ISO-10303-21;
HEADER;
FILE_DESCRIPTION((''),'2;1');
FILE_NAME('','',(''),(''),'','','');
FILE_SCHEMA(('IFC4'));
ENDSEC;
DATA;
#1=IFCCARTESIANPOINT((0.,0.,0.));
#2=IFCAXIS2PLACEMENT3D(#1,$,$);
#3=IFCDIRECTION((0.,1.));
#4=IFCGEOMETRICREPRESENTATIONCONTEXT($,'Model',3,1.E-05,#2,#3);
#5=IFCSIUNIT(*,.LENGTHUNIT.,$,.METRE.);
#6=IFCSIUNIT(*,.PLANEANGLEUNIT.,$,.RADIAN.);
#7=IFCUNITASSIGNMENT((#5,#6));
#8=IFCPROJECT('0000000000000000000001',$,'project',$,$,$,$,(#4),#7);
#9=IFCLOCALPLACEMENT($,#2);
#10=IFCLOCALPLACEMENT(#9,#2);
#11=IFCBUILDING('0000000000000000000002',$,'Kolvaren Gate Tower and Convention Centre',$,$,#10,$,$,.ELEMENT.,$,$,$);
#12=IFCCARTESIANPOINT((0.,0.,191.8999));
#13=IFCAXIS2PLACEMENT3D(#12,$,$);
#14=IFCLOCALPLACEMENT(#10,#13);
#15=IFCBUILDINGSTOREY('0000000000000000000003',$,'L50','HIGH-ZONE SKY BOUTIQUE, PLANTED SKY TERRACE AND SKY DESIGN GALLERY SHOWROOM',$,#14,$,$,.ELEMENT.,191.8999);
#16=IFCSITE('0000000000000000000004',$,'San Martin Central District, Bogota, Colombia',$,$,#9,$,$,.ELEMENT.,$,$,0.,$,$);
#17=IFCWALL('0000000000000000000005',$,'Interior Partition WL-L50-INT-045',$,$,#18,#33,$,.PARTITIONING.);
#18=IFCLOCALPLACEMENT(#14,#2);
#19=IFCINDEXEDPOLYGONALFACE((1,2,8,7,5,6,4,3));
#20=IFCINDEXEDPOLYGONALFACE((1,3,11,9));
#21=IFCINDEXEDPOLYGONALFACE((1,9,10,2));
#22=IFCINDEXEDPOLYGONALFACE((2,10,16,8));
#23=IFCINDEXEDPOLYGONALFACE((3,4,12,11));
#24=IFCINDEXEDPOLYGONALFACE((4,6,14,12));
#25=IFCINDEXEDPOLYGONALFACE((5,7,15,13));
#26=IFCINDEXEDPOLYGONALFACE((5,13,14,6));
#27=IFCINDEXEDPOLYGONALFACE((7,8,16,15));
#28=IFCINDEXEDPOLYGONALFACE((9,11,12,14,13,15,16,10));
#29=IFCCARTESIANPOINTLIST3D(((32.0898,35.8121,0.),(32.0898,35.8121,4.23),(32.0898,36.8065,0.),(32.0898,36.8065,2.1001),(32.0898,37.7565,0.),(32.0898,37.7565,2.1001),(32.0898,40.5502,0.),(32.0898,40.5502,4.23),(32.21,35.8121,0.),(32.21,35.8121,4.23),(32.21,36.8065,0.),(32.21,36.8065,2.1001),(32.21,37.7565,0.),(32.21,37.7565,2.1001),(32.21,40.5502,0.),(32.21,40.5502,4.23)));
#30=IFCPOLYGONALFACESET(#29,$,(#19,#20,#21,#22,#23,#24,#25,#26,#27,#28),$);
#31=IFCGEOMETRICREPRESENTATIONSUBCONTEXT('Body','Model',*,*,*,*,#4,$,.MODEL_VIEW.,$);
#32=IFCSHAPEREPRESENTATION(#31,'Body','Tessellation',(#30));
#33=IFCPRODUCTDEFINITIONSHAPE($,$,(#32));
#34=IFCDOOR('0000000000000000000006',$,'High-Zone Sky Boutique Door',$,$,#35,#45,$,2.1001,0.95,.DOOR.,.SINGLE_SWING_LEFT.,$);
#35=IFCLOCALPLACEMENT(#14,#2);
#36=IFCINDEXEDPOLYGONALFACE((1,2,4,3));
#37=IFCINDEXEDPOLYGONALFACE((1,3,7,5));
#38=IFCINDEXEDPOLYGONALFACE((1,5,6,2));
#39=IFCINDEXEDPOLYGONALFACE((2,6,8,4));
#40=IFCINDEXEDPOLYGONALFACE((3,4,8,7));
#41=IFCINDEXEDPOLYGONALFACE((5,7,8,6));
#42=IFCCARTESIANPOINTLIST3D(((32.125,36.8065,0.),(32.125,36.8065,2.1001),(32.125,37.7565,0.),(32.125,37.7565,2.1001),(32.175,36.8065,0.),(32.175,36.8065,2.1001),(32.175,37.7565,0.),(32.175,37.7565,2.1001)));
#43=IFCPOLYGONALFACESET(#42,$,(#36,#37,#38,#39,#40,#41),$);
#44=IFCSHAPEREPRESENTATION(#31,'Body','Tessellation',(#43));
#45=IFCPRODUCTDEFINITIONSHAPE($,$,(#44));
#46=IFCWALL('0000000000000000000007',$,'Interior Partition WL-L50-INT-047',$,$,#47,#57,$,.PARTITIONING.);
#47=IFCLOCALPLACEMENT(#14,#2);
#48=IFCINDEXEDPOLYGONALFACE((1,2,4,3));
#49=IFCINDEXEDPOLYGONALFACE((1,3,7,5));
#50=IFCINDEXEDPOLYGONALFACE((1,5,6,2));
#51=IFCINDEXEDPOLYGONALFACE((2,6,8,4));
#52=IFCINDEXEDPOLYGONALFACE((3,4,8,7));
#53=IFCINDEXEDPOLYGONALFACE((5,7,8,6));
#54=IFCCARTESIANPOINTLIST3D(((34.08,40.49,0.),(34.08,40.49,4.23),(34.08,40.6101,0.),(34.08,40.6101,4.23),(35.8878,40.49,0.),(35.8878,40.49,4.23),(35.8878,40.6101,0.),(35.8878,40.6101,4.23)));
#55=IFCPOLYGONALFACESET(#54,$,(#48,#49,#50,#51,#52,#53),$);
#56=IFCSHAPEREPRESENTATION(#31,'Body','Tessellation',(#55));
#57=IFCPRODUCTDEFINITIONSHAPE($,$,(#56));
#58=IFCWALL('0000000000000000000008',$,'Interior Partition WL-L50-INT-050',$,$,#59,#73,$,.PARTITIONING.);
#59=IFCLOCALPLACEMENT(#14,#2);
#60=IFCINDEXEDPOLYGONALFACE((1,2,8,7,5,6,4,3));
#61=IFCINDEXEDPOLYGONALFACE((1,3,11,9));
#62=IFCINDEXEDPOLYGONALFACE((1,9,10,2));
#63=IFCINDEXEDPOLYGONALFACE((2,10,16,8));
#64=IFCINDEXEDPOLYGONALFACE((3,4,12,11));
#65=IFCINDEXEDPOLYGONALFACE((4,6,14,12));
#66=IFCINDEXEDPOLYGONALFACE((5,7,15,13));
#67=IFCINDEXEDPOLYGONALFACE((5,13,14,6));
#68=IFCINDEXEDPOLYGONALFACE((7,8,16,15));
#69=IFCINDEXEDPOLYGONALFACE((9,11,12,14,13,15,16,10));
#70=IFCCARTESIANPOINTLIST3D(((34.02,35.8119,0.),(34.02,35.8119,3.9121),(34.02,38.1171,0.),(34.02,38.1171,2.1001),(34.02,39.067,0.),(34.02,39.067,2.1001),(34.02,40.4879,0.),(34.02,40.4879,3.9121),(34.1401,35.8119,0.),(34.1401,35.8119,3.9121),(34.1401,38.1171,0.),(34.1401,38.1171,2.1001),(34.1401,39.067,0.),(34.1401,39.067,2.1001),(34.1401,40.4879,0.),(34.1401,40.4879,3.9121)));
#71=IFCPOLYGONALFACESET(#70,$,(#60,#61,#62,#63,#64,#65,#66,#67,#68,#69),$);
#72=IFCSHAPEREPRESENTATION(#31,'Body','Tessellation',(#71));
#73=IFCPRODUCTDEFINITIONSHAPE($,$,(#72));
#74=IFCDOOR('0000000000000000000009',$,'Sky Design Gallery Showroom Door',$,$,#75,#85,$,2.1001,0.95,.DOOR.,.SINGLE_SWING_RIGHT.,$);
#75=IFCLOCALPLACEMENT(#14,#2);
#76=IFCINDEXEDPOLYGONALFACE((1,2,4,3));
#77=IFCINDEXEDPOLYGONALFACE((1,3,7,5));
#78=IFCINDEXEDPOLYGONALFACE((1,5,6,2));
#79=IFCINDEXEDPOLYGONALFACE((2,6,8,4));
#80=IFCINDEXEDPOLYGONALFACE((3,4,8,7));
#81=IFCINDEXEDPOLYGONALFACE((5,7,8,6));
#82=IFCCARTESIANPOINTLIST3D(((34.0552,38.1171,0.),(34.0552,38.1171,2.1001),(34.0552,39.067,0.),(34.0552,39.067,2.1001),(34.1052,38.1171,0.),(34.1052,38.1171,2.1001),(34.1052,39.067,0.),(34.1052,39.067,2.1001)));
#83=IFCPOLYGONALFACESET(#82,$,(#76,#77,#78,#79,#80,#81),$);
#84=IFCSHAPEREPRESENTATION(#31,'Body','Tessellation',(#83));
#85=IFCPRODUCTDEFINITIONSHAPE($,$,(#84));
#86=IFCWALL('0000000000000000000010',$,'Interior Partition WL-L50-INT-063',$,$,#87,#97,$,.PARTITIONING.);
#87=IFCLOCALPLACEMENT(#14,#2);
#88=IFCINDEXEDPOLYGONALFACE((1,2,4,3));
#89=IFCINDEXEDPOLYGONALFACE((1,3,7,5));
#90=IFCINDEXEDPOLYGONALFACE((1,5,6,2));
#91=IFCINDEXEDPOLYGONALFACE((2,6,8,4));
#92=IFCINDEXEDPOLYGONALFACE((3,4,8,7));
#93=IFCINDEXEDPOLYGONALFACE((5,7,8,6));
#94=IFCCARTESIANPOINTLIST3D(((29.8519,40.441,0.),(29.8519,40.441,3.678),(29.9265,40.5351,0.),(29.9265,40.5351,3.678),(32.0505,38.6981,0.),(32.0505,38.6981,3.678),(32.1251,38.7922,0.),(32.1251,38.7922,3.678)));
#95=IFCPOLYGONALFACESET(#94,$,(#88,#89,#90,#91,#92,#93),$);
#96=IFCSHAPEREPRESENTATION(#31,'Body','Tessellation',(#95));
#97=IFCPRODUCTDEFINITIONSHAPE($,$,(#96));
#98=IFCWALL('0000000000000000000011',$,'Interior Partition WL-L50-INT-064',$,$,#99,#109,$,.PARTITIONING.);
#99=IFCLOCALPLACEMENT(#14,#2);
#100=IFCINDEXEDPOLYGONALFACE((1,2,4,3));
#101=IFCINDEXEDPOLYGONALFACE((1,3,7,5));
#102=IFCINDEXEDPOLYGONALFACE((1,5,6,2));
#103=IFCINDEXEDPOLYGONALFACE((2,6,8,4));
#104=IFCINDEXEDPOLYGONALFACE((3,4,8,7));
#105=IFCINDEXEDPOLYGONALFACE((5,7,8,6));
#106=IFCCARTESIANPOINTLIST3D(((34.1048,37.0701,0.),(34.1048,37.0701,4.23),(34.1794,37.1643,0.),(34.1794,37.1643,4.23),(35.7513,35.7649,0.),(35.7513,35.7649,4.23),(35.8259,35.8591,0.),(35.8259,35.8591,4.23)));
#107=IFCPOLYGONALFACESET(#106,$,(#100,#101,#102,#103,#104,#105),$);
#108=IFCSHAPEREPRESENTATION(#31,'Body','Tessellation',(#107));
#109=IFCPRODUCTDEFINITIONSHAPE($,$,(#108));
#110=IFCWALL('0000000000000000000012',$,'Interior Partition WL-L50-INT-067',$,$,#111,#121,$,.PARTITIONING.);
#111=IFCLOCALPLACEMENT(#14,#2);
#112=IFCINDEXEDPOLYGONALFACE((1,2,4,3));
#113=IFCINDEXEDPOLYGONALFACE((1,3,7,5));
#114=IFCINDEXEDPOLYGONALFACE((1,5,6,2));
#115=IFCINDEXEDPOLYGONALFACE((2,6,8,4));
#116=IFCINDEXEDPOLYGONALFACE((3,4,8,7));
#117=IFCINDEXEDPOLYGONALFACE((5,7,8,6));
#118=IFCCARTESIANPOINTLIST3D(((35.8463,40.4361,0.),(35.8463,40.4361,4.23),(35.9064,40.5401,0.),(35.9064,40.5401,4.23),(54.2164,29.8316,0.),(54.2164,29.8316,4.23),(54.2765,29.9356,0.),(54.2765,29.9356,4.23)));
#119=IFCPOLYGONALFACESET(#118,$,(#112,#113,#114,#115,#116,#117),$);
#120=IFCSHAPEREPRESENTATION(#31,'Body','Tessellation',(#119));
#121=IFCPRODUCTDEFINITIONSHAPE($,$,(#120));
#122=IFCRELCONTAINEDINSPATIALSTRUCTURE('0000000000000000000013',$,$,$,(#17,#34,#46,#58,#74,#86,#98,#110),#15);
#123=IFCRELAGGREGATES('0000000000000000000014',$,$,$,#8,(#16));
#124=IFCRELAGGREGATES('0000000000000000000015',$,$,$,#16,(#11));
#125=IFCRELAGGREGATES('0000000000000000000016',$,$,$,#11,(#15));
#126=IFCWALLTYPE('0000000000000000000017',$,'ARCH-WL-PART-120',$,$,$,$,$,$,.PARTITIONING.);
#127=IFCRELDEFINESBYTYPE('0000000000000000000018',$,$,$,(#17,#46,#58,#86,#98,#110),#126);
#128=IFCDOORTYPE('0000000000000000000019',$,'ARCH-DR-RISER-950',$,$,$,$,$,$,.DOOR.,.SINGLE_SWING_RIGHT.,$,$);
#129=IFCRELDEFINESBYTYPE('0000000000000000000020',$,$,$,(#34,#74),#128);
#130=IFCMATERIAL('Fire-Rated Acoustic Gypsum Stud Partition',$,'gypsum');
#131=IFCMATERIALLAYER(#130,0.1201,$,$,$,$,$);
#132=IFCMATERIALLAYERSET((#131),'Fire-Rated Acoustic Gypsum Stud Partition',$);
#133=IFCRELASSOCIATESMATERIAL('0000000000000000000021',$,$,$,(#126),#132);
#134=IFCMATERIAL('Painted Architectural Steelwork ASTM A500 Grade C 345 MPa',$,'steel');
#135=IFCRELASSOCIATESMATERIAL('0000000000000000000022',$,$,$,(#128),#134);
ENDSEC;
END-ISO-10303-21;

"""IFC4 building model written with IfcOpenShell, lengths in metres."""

from ifc_helpers import new_model, si_unit, direction, frame, frame_2d, origin, place, context, subcontext, project, spatial, rectangle, extrude, material, layer, layer_set, type_object, element, fill, save


model = new_model("IFC4")

# Units and contexts
model_context = context("Model", 3, precision=1e-05, world=origin(), true_north=direction((0.0, 1.0)))
body_context = subcontext(model_context, "Body", "Model", "MODEL_VIEW")
ifc_project = project(units=[si_unit("LENGTHUNIT", "METRE"), si_unit("PLANEANGLEUNIT", "RADIAN")], contexts=[model_context])

# Site, building, storey
site_placement = place(None, origin())
site = spatial("IfcSite", under=ifc_project, at=site_placement, Name="San Martin Central District, Bogota, Colombia", CompositionType="ELEMENT", RefElevation=0.0)
building_placement = place(site_placement, origin())
building = spatial("IfcBuilding", under=site, at=building_placement, Name="Kolvaren Gate Tower and Convention Centre", CompositionType="ELEMENT")
storey_placement = place(building_placement, frame((0.0, 0.0, 191.8999)))
storey = spatial("IfcBuildingStorey", under=building, at=storey_placement, Name="L50", Description="HIGH-ZONE SKY BOUTIQUE, PLANTED SKY TERRACE AND SKY DESIGN GALLERY SHOWROOM", CompositionType="ELEMENT", Elevation=191.8999)

# Shared definitions
ifc_material_1 = material(Name="Fire-Rated Acoustic Gypsum Stud Partition", Category="gypsum")
ifc_layer_1 = layer(ifc_material_1, 0.1201)
ifc_layer_set_1 = layer_set([ifc_layer_1], Name="Fire-Rated Acoustic Gypsum Stud Partition")
wall_type = type_object("IfcWallType", Name="ARCH-WL-PART-120", PredefinedType="PARTITIONING", material=ifc_layer_set_1)

# Wall, opening, door
wall_1_placement = place(storey_placement, frame((32.1499, 35.812, 0.0), z_axis=(0.0, 0.0, 1.0), x_axis=(0.0, 1.0, 0.0)))
wall_1 = element("IfcWall", 1, at=wall_1_placement, inside=storey, type_object=wall_type, Name="Interior Partition WL-L50-INT-045", PredefinedType="PARTITIONING", context=body_context, shape_type="SweptSolid", body=[
    extrude(rectangle(XDim=4.738, YDim=0.1201, at=frame_2d((2.3691, 0.0))), origin(), (0.0, 0.0, 1.0), 4.23),
])
opening_1_placement = place(wall_1_placement, frame((0.9944, 0.0, 0.0)))
opening_1 = element("IfcOpeningElement", 2, at=opening_1_placement, cuts=wall_1, PredefinedType="OPENING", context=body_context, shape_type="SweptSolid", body=[
    extrude(rectangle(XDim=0.95, YDim=2.1001, at=frame_2d((0.4751, 1.05))), frame((0.0, 0.0701, 0.0), z_axis=(0.0, -1.0, 0.0), x_axis=(1.0, 0.0, 0.0)), (0.0, 0.0, 1.0), 0.1401),
])
ifc_material_2 = material(Name="Painted Architectural Steelwork ASTM A500 Grade C 345 MPa", Category="steel")
door_type = type_object("IfcDoorType", Name="ARCH-DR-RISER-950", OperationType="SINGLE_SWING_RIGHT", PredefinedType="DOOR", material=ifc_material_2)
door_1_placement = place(opening_1_placement, origin())
door_1 = element("IfcDoor", 3, at=door_1_placement, inside=storey, type_object=door_type, Name="High-Zone Sky Boutique Door", OperationType="SINGLE_SWING_LEFT", OverallHeight=2.1001, OverallWidth=0.95, PredefinedType="DOOR", context=body_context, shape_type="SweptSolid", body=[
    extrude(rectangle(XDim=0.95, YDim=2.1001, at=frame_2d((0.4751, 1.05))), frame((0.0, 0.0249, 0.0), z_axis=(0.0, -1.0, 0.0), x_axis=(1.0, 0.0, 0.0)), (0.0, 0.0, 1.0), 0.05),
])
fill(opening_1, door_1)

# Wall
wall_2_placement = place(storey_placement, frame((34.0801, 40.55, 0.0), z_axis=(0.0, 0.0, 1.0), x_axis=(1.0, 0.0, 0.0)))
element("IfcWall", 4, at=wall_2_placement, inside=storey, type_object=wall_type, Name="Interior Partition WL-L50-INT-047", PredefinedType="PARTITIONING", context=body_context, shape_type="SweptSolid", body=[
    extrude(rectangle(XDim=1.8079, YDim=0.1201, at=frame_2d((0.9038, 0.0))), origin(), (0.0, 0.0, 1.0), 4.23),
])

# Wall, opening, door
wall_3_placement = place(storey_placement, frame((34.0801, 35.812, 0.0), z_axis=(0.0, 0.0, 1.0), x_axis=(0.0, 1.0, 0.0)))
wall_3 = element("IfcWall", 5, at=wall_3_placement, inside=storey, type_object=wall_type, Name="Interior Partition WL-L50-INT-050", PredefinedType="PARTITIONING", context=body_context, shape_type="SweptSolid", body=[
    extrude(rectangle(XDim=4.676, YDim=0.1201, at=frame_2d((2.3379, 0.0))), origin(), (0.0, 0.0, 1.0), 3.9121),
])
opening_2_placement = place(wall_3_placement, frame((2.3049, 0.0, 0.0)))
opening_2 = element("IfcOpeningElement", 6, at=opening_2_placement, cuts=wall_3, PredefinedType="OPENING", context=body_context, shape_type="SweptSolid", body=[
    extrude(rectangle(XDim=0.95, YDim=2.1001, at=frame_2d((0.4751, 1.05))), frame((0.0, 0.0701, 0.0), z_axis=(0.0, -1.0, 0.0), x_axis=(1.0, 0.0, 0.0)), (0.0, 0.0, 1.0), 0.1401),
])
door_2_placement = place(opening_2_placement, origin())
door_2 = element("IfcDoor", 7, at=door_2_placement, inside=storey, type_object=door_type, Name="Sky Design Gallery Showroom Door", OperationType="SINGLE_SWING_RIGHT", OverallHeight=2.1001, OverallWidth=0.95, PredefinedType="DOOR", context=body_context, shape_type="SweptSolid", body=[
    extrude(rectangle(XDim=0.95, YDim=2.1001, at=frame_2d((0.4751, 1.05))), frame((0.0, 0.0249, 0.0), z_axis=(0.0, -1.0, 0.0), x_axis=(1.0, 0.0, 0.0)), (0.0, 0.0, 1.0), 0.05),
])
fill(opening_2, door_2)

# Walls
wall_4_placement = place(storey_placement, frame((29.8892, 40.488, 0.0), z_axis=(0.0, 0.0, 1.0), x_axis=(0.783654, -0.621198, 0.0)))
element("IfcWall", 8, at=wall_4_placement, inside=storey, type_object=wall_type, Name="Interior Partition WL-L50-INT-063", PredefinedType="PARTITIONING", context=body_context, shape_type="SweptSolid", body=[
    extrude(rectangle(XDim=2.8057, YDim=0.1201, at=frame_2d((1.4028, 0.0))), origin(), (0.0, 0.0, 1.0), 3.678),
])
wall_5_placement = place(storey_placement, frame((34.1421, 37.1172, 0.0), z_axis=(0.0, 0.0, 1.0), x_axis=(0.78365, -0.621203, 0.0)))
element("IfcWall", 9, at=wall_5_placement, inside=storey, type_object=wall_type, Name="Interior Partition WL-L50-INT-064", PredefinedType="PARTITIONING", context=body_context, shape_type="SweptSolid", body=[
    extrude(rectangle(XDim=2.1011, YDim=0.1201, at=frame_2d((1.0505, 0.0))), origin(), (0.0, 0.0, 1.0), 4.23),
])
wall_6_placement = place(storey_placement, frame((35.8765, 40.488, 0.0), z_axis=(0.0, 0.0, 1.0), x_axis=(0.866056, -0.499947, 0.0)))
element("IfcWall", 10, at=wall_6_placement, inside=storey, type_object=wall_type, Name="Interior Partition WL-L50-INT-067", PredefinedType="PARTITIONING", context=body_context, shape_type="SweptSolid", body=[
    extrude(rectangle(XDim=21.2112, YDim=0.1201, at=frame_2d((10.6055, 0.0))), origin(), (0.0, 0.0, 1.0), 4.23),
])

save(model, "model.ifc")
